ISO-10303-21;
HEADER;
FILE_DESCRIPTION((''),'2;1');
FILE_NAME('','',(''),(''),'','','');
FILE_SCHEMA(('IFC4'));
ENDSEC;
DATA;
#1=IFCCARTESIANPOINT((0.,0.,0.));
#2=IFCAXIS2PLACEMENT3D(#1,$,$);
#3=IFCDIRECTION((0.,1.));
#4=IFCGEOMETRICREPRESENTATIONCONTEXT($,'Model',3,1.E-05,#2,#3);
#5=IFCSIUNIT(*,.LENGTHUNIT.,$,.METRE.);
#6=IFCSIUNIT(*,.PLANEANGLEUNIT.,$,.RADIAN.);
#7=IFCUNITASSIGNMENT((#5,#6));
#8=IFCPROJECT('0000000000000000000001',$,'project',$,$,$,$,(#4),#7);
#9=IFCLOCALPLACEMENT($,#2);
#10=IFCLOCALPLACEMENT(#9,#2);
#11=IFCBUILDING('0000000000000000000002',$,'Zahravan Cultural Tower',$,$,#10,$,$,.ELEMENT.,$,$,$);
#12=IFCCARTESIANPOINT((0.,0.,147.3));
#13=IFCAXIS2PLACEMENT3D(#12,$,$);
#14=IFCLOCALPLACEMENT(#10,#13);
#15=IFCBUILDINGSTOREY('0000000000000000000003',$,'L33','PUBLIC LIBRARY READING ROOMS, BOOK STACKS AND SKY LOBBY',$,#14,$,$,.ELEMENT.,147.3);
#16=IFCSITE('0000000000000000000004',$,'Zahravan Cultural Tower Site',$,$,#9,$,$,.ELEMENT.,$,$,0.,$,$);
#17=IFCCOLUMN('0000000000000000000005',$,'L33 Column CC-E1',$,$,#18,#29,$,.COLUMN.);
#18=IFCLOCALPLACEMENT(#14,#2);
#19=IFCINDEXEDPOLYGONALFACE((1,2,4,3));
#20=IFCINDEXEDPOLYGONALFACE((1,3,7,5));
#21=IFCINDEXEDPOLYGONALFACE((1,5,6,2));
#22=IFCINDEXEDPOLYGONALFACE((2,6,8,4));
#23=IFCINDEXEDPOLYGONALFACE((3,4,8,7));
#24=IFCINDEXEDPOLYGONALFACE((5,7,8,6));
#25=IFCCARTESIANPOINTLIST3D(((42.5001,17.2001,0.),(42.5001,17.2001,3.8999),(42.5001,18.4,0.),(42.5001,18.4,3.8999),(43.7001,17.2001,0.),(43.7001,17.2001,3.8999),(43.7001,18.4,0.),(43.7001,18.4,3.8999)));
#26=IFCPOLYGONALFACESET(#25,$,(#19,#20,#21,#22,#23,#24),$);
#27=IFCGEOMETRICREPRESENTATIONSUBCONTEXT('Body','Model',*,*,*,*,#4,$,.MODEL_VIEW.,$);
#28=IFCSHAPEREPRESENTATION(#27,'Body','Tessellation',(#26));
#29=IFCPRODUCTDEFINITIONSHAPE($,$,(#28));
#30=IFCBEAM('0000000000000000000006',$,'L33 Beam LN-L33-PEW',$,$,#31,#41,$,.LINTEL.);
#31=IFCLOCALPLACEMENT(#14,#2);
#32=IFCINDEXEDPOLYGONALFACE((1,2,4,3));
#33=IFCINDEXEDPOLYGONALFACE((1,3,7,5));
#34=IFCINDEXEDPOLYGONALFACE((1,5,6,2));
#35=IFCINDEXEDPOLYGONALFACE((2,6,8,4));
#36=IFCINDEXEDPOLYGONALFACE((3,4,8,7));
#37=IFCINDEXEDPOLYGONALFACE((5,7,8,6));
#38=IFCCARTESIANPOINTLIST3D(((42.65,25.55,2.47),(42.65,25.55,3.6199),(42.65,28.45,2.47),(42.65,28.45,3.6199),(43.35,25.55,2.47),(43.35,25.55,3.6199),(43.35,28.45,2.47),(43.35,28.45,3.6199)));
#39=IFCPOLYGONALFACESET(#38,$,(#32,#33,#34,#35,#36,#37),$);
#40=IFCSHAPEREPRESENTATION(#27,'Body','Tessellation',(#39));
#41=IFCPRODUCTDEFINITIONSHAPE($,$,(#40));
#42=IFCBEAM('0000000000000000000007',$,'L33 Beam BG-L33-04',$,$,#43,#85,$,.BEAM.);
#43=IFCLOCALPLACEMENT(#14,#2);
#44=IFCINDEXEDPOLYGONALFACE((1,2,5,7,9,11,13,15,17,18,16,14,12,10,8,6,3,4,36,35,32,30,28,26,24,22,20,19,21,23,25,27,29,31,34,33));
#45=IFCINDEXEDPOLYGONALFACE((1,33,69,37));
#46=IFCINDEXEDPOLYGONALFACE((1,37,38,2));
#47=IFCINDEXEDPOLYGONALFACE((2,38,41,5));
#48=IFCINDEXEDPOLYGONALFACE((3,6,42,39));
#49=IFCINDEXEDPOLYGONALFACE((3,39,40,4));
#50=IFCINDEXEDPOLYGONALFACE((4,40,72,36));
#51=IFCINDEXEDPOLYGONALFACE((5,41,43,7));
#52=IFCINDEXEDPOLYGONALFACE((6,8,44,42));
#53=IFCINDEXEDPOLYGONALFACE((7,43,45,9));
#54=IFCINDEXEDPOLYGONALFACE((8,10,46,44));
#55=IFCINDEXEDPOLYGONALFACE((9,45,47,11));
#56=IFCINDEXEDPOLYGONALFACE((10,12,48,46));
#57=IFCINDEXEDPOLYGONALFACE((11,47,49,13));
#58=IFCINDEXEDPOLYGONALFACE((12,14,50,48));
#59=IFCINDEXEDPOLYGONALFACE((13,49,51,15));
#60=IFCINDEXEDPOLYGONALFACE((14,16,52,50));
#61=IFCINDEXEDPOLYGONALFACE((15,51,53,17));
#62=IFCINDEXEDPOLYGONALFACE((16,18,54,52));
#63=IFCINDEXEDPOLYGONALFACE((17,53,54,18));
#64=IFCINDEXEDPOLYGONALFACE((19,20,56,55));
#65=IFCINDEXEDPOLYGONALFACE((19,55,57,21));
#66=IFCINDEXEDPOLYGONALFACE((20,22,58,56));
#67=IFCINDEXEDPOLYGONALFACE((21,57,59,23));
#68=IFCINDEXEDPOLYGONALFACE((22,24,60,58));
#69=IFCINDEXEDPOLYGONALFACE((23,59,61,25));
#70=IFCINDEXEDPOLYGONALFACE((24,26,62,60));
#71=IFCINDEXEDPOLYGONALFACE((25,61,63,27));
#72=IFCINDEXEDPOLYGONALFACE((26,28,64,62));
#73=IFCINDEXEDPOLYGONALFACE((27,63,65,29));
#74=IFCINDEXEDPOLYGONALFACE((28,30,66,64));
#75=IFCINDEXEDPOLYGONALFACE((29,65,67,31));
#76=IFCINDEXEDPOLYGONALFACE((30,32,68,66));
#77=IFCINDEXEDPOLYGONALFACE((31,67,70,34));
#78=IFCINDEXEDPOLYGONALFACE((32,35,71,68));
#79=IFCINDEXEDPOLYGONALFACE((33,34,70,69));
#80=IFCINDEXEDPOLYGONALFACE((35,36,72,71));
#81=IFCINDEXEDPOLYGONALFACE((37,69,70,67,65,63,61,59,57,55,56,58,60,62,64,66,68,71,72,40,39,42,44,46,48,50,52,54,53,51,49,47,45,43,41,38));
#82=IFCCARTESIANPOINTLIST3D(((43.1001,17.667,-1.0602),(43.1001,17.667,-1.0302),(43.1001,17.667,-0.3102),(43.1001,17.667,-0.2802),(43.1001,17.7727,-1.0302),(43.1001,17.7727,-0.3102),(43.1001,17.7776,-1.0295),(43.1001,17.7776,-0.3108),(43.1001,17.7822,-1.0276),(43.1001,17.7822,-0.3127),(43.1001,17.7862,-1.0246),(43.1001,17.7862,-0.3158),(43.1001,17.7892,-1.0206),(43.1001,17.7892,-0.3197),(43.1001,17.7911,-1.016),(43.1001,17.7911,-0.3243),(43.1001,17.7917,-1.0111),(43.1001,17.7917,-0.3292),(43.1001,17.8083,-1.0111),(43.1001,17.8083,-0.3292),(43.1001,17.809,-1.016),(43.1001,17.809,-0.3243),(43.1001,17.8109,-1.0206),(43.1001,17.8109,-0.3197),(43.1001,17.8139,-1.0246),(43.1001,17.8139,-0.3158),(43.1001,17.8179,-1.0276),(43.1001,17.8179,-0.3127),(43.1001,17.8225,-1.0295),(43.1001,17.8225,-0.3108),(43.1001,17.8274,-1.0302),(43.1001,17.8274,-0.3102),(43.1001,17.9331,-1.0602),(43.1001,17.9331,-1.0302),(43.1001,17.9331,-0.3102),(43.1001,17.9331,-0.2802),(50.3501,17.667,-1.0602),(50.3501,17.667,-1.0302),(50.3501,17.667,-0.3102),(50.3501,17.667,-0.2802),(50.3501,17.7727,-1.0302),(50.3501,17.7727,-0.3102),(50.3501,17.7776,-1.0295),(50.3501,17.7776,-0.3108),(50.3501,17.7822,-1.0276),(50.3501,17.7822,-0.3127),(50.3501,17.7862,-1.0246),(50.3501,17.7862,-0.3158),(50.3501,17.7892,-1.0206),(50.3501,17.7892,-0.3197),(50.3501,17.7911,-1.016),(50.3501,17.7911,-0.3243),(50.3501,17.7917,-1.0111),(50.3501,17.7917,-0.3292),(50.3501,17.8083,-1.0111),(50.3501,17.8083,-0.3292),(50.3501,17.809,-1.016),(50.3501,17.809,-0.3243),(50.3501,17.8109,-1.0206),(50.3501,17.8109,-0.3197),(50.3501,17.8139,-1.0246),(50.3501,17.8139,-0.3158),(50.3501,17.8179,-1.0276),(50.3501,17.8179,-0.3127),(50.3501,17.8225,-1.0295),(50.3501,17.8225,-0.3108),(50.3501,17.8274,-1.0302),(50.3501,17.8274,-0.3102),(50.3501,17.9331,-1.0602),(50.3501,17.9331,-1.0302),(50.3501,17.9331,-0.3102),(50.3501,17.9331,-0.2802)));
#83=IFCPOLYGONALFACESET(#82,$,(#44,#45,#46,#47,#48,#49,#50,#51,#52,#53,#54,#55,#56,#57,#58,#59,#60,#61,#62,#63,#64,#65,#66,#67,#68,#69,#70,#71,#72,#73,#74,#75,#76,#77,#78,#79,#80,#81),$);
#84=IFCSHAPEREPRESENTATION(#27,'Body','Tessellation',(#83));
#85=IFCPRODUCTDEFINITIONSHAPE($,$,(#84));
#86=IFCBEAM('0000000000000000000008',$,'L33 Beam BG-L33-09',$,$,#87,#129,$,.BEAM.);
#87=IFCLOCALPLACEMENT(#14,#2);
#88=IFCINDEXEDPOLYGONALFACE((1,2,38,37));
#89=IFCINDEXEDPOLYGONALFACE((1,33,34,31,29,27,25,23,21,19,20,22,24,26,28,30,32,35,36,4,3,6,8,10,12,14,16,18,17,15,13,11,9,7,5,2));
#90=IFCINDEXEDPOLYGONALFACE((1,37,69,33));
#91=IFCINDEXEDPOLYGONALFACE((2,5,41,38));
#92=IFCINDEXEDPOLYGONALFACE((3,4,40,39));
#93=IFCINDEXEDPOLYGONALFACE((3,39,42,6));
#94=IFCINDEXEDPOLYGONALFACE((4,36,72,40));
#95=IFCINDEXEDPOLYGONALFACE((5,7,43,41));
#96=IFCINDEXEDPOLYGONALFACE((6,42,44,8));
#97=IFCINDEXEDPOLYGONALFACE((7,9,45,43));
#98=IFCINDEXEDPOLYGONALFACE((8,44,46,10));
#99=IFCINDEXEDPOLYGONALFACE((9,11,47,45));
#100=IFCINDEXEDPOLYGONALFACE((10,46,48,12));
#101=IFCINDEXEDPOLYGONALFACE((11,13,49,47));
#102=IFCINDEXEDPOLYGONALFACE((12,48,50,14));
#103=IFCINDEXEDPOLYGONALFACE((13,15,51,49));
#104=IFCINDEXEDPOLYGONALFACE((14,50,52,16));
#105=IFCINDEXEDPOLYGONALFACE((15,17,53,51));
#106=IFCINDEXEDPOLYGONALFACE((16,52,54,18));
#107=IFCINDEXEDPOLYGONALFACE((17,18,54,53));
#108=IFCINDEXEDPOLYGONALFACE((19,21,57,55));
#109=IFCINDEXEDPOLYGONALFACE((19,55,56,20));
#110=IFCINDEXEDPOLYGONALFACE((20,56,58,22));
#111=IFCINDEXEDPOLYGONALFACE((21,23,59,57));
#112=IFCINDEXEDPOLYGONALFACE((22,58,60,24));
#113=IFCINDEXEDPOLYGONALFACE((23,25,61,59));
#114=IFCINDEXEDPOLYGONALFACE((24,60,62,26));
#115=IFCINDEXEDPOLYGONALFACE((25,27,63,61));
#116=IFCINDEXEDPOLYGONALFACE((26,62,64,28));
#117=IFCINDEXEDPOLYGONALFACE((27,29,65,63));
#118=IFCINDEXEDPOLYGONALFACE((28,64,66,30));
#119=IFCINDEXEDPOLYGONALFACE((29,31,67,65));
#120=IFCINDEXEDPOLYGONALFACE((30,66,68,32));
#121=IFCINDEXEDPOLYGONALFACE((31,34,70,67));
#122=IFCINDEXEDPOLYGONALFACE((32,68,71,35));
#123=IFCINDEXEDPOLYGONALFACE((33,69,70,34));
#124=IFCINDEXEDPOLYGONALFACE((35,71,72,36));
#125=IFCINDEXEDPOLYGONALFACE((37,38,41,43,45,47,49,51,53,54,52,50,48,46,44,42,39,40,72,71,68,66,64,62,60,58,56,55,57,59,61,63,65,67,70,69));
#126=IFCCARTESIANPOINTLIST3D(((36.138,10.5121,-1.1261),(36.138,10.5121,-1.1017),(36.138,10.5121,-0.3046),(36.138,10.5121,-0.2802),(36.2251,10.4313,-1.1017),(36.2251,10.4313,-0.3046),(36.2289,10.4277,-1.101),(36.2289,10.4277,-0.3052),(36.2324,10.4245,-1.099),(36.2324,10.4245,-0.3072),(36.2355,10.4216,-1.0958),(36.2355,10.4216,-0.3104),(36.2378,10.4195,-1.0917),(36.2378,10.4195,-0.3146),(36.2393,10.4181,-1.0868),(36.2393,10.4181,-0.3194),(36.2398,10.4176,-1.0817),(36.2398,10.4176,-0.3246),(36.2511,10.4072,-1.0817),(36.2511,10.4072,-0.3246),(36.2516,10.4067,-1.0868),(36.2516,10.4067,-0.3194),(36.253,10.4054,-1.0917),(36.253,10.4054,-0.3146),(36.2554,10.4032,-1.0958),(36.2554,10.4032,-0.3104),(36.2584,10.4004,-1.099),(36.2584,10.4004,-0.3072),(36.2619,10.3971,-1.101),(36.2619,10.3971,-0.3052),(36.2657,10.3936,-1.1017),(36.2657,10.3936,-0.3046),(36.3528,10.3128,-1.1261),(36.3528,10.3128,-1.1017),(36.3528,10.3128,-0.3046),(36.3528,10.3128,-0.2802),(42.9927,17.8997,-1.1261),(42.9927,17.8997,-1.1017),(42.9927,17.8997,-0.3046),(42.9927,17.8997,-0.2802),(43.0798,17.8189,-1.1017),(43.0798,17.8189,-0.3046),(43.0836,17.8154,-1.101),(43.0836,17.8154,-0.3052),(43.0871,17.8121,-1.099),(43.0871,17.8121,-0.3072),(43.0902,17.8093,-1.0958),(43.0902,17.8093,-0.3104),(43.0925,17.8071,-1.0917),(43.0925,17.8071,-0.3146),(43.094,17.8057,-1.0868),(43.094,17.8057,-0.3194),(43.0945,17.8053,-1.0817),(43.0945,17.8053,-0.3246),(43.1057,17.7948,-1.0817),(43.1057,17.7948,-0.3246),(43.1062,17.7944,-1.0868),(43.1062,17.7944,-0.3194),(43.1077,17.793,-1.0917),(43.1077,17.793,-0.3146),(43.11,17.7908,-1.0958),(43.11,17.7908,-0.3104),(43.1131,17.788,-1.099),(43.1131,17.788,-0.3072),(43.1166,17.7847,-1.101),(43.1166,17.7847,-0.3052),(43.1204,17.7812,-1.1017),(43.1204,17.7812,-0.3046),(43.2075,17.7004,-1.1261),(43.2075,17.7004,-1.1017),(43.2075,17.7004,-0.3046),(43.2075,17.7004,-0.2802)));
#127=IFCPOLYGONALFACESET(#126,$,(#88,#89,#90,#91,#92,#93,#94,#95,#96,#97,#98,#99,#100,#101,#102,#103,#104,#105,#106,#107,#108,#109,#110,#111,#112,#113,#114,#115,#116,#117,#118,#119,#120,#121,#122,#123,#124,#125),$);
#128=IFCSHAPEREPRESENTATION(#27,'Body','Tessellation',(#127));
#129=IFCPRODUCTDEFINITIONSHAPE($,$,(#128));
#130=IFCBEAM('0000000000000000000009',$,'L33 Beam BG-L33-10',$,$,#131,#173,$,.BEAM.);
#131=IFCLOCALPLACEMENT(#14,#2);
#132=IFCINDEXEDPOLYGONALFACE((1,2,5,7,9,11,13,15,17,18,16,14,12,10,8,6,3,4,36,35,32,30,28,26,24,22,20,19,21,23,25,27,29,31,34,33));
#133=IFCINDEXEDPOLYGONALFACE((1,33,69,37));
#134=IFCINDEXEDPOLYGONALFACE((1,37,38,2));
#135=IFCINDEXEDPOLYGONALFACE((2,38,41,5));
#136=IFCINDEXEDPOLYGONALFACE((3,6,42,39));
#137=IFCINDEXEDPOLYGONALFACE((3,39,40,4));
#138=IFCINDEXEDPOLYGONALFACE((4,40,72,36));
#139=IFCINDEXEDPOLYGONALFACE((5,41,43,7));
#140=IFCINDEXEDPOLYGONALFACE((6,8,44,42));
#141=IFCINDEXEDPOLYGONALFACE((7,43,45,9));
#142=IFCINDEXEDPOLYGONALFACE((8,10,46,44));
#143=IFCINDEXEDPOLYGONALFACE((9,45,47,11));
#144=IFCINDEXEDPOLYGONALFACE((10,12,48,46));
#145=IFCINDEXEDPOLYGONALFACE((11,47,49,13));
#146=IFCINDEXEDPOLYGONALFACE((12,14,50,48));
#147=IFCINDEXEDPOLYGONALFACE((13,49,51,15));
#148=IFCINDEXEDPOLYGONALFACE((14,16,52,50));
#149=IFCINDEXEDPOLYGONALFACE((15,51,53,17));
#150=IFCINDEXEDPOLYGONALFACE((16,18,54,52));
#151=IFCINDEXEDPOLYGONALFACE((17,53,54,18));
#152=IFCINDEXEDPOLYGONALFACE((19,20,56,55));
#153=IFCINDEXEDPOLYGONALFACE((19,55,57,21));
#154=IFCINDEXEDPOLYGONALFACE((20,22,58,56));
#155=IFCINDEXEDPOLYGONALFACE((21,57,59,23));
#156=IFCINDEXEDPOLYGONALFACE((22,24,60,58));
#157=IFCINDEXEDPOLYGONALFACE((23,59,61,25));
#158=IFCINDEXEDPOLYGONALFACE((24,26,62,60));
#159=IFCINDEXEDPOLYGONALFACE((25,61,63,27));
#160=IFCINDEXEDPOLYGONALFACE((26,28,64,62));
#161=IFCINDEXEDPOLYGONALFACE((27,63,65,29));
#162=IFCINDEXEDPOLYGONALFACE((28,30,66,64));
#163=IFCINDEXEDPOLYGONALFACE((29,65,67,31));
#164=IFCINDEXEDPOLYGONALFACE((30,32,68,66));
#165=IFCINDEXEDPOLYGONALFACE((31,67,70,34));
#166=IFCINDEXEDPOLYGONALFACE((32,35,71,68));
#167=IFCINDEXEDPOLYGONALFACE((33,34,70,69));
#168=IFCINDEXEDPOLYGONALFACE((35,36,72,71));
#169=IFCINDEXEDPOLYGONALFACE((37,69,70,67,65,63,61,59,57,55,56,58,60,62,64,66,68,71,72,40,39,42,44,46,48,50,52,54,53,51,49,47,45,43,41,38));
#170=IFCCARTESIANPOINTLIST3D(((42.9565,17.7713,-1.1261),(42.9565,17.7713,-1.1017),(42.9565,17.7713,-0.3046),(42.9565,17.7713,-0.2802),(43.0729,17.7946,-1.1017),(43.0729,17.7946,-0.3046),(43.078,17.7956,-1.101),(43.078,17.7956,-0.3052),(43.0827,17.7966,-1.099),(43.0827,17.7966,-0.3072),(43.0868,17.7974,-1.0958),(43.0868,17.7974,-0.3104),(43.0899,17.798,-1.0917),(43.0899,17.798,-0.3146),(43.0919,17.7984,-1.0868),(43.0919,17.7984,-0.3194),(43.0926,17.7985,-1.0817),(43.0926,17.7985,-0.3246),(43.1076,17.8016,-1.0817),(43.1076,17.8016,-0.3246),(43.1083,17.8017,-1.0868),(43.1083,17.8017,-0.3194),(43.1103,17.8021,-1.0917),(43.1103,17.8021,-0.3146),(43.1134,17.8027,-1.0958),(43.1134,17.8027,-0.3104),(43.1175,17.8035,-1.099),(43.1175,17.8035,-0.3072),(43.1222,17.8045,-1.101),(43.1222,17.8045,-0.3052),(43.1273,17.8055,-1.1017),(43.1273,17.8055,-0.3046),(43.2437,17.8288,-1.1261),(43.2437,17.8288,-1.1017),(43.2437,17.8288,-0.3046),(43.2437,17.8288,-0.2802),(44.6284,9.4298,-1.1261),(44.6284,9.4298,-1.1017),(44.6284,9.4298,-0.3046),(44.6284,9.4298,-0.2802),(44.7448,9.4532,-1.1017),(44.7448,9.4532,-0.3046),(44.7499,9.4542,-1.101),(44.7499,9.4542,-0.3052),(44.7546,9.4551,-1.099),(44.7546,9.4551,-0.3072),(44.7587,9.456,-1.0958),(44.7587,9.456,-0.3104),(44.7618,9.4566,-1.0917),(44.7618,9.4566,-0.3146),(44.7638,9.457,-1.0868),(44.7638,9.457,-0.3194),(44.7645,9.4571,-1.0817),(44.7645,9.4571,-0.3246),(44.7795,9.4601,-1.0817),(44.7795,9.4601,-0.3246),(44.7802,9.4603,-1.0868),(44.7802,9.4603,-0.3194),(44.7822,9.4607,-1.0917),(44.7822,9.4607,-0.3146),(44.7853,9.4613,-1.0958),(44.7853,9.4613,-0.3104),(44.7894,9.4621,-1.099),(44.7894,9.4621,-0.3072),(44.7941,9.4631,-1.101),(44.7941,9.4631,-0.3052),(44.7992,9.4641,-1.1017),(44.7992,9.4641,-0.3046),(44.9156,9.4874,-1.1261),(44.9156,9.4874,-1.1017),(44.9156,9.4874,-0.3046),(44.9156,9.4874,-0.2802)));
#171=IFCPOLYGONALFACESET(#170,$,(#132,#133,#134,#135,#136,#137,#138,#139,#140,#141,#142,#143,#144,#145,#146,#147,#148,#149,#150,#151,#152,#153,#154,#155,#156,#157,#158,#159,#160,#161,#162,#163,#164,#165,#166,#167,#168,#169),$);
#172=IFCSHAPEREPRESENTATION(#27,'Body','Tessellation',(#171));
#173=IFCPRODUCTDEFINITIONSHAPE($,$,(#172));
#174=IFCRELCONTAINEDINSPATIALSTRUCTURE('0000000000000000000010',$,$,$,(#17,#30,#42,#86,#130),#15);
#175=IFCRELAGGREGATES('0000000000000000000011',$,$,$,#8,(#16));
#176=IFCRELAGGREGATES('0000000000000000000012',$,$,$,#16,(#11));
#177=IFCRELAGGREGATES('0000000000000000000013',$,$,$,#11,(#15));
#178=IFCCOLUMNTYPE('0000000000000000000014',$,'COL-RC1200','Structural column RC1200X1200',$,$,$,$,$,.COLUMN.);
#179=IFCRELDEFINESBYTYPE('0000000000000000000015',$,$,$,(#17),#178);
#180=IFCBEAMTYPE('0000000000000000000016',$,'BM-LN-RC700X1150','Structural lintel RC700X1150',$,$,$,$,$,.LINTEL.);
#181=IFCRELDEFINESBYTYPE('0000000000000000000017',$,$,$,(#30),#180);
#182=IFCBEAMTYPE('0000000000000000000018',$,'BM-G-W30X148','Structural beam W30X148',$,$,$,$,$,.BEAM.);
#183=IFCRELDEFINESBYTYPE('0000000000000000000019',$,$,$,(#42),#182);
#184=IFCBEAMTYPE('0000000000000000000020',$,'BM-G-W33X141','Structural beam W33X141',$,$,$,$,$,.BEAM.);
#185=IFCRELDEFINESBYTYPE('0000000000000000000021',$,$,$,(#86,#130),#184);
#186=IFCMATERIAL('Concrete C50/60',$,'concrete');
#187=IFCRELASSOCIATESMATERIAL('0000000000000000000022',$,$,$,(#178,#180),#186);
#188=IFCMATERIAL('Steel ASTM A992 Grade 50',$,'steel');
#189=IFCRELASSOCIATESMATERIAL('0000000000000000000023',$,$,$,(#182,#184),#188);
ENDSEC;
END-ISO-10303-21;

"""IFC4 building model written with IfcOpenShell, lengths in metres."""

from ifc_helpers import new_model, si_unit, direction, frame, origin, origin_2d, place, context, subcontext, project, spatial, rectangle, i_section, extrude, source, transform, mapped, material, material_profile, profile_set, type_object, element, save


model = new_model("IFC4")

# Units and contexts
model_context = context("Model", 3, precision=1e-05, world=origin(), true_north=direction((0.0, 1.0)))
body_context = subcontext(model_context, "Body", "Model", "MODEL_VIEW")
ifc_project = project(units=[si_unit("LENGTHUNIT", "METRE"), si_unit("PLANEANGLEUNIT", "RADIAN")], contexts=[model_context])

# Site, building, storey
site_placement = place(None, origin())
site = spatial("IfcSite", under=ifc_project, at=site_placement, Name="Zahravan Cultural Tower Site", CompositionType="ELEMENT", RefElevation=0.0)
building_placement = place(site_placement, origin())
building = spatial("IfcBuilding", under=site, at=building_placement, Name="Zahravan Cultural Tower", CompositionType="ELEMENT")
storey_placement = place(building_placement, frame((0.0, 0.0, 147.3)))
storey = spatial("IfcBuildingStorey", under=building, at=storey_placement, Name="L33", Description="PUBLIC LIBRARY READING ROOMS, BOOK STACKS AND SKY LOBBY", CompositionType="ELEMENT", Elevation=147.3)

# Column
ifc_material_1 = material(Name="Concrete C50/60", Category="concrete")
ifc_material_profile_1 = material_profile(ifc_material_1, rectangle(XDim=1.2, YDim=1.2, at=origin_2d()), Name="RC1200X1200")
ifc_profile_set_1 = profile_set([ifc_material_profile_1], Name="Concrete C50/60")
column_type = type_object("IfcColumnType", Name="COL-RC1200", Description="Structural column RC1200X1200", PredefinedType="COLUMN", material=ifc_profile_set_1)
shared_shape_1 = source(origin(), body_context, "Body", "SweptSolid", [
    extrude(rectangle(XDim=1.2, YDim=1.2, at=origin_2d()), origin(), (0.0, 0.0, 1.0), 3.8999),
])
column_placement = place(storey_placement, frame((43.1001, 17.8, 0.0), z_axis=(0.0, 0.0, 1.0), x_axis=(1.0, 0.0, 0.0)))
element("IfcColumn", 1, at=column_placement, inside=storey, type_object=column_type, Name="L33 Column CC-E1", PredefinedType="COLUMN", context=body_context, shape_type="MappedRepresentation", body=[
    mapped(shared_shape_1, transform((0.0, 0.0, 0.0), x_axis=(1.0, 0.0, 0.0), y_axis=(0.0, 1.0, 0.0), z_axis=(0.0, 0.0, 1.0), scale=1.0)),
])

# Beams
ifc_material_profile_2 = material_profile(ifc_material_1, rectangle(XDim=0.7, YDim=1.1499, at=origin_2d()), Name="RC700X1150")
ifc_profile_set_2 = profile_set([ifc_material_profile_2], Name="Concrete C50/60")
beam_type_1 = type_object("IfcBeamType", Name="BM-LN-RC700X1150", Description="Structural lintel RC700X1150", PredefinedType="LINTEL", material=ifc_profile_set_2)
shared_shape_2 = source(origin(), body_context, "Body", "SweptSolid", [
    extrude(rectangle(XDim=0.7, YDim=1.1499, at=origin_2d()), origin(), (0.0, 0.0, 1.0), 2.8999),
])
beam_1_placement = place(storey_placement, frame((43.0, 25.55, 3.0449), z_axis=(0.0, 1.0, 0.0), x_axis=(-1.0, 0.0, 0.0)))
element("IfcBeam", 2, at=beam_1_placement, inside=storey, type_object=beam_type_1, Name="L33 Beam LN-L33-PEW", PredefinedType="LINTEL", context=body_context, shape_type="MappedRepresentation", body=[
    mapped(shared_shape_2, transform((0.0, 0.0, 0.0), x_axis=(1.0, 0.0, 0.0), y_axis=(0.0, 1.0, 0.0), z_axis=(0.0, 0.0, 1.0), scale=1.0)),
])
ifc_material_2 = material(Name="Steel ASTM A992 Grade 50", Category="steel")
ifc_material_profile_3 = material_profile(ifc_material_2, i_section(OverallWidth=0.2661, OverallDepth=0.78, WebThickness=0.0166, FlangeThickness=0.03, FilletRadius=0.019, at=origin_2d()), Name="W30X148")
ifc_profile_set_3 = profile_set([ifc_material_profile_3], Name="Steel ASTM A992 Grade 50")
beam_type_2 = type_object("IfcBeamType", Name="BM-G-W30X148", Description="Structural beam W30X148", PredefinedType="BEAM", material=ifc_profile_set_3)
shared_shape_3 = source(origin(), body_context, "Body", "SweptSolid", [
    extrude(i_section(OverallWidth=0.2661, OverallDepth=0.78, WebThickness=0.0166, FlangeThickness=0.03, FilletRadius=0.019, at=origin_2d()), origin(), (0.0, 0.0, 1.0), 7.25),
])
beam_2_placement = place(storey_placement, frame((43.1001, 17.8, -0.6702), z_axis=(1.0, 0.0, 0.0), x_axis=(0.0, 1.0, 0.0)))
element("IfcBeam", 3, at=beam_2_placement, inside=storey, type_object=beam_type_2, Name="L33 Beam BG-L33-04", PredefinedType="BEAM", context=body_context, shape_type="MappedRepresentation", body=[
    mapped(shared_shape_3, transform((0.0, 0.0, 0.0), x_axis=(1.0, 0.0, 0.0), y_axis=(0.0, 1.0, 0.0), z_axis=(0.0, 0.0, 1.0), scale=1.0)),
])
ifc_material_profile_4 = material_profile(ifc_material_2, i_section(OverallWidth=0.293, OverallDepth=0.8459, WebThickness=0.0154, FlangeThickness=0.0244, FilletRadius=0.02, at=origin_2d()), Name="W33X141")
ifc_profile_set_4 = profile_set([ifc_material_profile_4], Name="Steel ASTM A992 Grade 50")
beam_type_3 = type_object("IfcBeamType", Name="BM-G-W33X141", Description="Structural beam W33X141", PredefinedType="BEAM", material=ifc_profile_set_4)
shared_shape_4 = source(origin(), body_context, "Body", "SweptSolid", [
    extrude(i_section(OverallWidth=0.293, OverallDepth=0.8459, WebThickness=0.0154, FlangeThickness=0.0244, FilletRadius=0.02, at=origin_2d()), origin(), (0.0, 0.0, 1.0), 10.0779),
])
beam_3_placement = place(storey_placement, frame((43.1001, 17.8, -0.7031), z_axis=(-0.68017, -0.733054, 0.0), x_axis=(0.733054, -0.68017, 0.0)))
element("IfcBeam", 4, at=beam_3_placement, inside=storey, type_object=beam_type_3, Name="L33 Beam BG-L33-09", PredefinedType="BEAM", context=body_context, shape_type="MappedRepresentation", body=[
    mapped(shared_shape_4, transform((0.0, 0.0, 0.0), x_axis=(1.0, 0.0, 0.0), y_axis=(0.0, 1.0, 0.0), z_axis=(0.0, 0.0, 1.0), scale=1.0)),
])
shared_shape_5 = source(origin(), body_context, "Body", "SweptSolid", [
    extrude(i_section(OverallWidth=0.293, OverallDepth=0.8459, WebThickness=0.0154, FlangeThickness=0.0244, FilletRadius=0.02, at=origin_2d()), origin(), (0.0, 0.0, 1.0), 8.5073),
])
beam_4_placement = place(storey_placement, frame((43.1001, 17.8, -0.7031), z_axis=(0.196525, -0.980499, 0.0), x_axis=(0.980499, 0.196525, 0.0)))
element("IfcBeam", 5, at=beam_4_placement, inside=storey, type_object=beam_type_3, Name="L33 Beam BG-L33-10", PredefinedType="BEAM", context=body_context, shape_type="MappedRepresentation", body=[
    mapped(shared_shape_5, transform((0.0, 0.0, 0.0), x_axis=(1.0, 0.0, 0.0), y_axis=(0.0, 1.0, 0.0), z_axis=(0.0, 0.0, 1.0), scale=1.0)),
])

save(model, "model.ifc")
